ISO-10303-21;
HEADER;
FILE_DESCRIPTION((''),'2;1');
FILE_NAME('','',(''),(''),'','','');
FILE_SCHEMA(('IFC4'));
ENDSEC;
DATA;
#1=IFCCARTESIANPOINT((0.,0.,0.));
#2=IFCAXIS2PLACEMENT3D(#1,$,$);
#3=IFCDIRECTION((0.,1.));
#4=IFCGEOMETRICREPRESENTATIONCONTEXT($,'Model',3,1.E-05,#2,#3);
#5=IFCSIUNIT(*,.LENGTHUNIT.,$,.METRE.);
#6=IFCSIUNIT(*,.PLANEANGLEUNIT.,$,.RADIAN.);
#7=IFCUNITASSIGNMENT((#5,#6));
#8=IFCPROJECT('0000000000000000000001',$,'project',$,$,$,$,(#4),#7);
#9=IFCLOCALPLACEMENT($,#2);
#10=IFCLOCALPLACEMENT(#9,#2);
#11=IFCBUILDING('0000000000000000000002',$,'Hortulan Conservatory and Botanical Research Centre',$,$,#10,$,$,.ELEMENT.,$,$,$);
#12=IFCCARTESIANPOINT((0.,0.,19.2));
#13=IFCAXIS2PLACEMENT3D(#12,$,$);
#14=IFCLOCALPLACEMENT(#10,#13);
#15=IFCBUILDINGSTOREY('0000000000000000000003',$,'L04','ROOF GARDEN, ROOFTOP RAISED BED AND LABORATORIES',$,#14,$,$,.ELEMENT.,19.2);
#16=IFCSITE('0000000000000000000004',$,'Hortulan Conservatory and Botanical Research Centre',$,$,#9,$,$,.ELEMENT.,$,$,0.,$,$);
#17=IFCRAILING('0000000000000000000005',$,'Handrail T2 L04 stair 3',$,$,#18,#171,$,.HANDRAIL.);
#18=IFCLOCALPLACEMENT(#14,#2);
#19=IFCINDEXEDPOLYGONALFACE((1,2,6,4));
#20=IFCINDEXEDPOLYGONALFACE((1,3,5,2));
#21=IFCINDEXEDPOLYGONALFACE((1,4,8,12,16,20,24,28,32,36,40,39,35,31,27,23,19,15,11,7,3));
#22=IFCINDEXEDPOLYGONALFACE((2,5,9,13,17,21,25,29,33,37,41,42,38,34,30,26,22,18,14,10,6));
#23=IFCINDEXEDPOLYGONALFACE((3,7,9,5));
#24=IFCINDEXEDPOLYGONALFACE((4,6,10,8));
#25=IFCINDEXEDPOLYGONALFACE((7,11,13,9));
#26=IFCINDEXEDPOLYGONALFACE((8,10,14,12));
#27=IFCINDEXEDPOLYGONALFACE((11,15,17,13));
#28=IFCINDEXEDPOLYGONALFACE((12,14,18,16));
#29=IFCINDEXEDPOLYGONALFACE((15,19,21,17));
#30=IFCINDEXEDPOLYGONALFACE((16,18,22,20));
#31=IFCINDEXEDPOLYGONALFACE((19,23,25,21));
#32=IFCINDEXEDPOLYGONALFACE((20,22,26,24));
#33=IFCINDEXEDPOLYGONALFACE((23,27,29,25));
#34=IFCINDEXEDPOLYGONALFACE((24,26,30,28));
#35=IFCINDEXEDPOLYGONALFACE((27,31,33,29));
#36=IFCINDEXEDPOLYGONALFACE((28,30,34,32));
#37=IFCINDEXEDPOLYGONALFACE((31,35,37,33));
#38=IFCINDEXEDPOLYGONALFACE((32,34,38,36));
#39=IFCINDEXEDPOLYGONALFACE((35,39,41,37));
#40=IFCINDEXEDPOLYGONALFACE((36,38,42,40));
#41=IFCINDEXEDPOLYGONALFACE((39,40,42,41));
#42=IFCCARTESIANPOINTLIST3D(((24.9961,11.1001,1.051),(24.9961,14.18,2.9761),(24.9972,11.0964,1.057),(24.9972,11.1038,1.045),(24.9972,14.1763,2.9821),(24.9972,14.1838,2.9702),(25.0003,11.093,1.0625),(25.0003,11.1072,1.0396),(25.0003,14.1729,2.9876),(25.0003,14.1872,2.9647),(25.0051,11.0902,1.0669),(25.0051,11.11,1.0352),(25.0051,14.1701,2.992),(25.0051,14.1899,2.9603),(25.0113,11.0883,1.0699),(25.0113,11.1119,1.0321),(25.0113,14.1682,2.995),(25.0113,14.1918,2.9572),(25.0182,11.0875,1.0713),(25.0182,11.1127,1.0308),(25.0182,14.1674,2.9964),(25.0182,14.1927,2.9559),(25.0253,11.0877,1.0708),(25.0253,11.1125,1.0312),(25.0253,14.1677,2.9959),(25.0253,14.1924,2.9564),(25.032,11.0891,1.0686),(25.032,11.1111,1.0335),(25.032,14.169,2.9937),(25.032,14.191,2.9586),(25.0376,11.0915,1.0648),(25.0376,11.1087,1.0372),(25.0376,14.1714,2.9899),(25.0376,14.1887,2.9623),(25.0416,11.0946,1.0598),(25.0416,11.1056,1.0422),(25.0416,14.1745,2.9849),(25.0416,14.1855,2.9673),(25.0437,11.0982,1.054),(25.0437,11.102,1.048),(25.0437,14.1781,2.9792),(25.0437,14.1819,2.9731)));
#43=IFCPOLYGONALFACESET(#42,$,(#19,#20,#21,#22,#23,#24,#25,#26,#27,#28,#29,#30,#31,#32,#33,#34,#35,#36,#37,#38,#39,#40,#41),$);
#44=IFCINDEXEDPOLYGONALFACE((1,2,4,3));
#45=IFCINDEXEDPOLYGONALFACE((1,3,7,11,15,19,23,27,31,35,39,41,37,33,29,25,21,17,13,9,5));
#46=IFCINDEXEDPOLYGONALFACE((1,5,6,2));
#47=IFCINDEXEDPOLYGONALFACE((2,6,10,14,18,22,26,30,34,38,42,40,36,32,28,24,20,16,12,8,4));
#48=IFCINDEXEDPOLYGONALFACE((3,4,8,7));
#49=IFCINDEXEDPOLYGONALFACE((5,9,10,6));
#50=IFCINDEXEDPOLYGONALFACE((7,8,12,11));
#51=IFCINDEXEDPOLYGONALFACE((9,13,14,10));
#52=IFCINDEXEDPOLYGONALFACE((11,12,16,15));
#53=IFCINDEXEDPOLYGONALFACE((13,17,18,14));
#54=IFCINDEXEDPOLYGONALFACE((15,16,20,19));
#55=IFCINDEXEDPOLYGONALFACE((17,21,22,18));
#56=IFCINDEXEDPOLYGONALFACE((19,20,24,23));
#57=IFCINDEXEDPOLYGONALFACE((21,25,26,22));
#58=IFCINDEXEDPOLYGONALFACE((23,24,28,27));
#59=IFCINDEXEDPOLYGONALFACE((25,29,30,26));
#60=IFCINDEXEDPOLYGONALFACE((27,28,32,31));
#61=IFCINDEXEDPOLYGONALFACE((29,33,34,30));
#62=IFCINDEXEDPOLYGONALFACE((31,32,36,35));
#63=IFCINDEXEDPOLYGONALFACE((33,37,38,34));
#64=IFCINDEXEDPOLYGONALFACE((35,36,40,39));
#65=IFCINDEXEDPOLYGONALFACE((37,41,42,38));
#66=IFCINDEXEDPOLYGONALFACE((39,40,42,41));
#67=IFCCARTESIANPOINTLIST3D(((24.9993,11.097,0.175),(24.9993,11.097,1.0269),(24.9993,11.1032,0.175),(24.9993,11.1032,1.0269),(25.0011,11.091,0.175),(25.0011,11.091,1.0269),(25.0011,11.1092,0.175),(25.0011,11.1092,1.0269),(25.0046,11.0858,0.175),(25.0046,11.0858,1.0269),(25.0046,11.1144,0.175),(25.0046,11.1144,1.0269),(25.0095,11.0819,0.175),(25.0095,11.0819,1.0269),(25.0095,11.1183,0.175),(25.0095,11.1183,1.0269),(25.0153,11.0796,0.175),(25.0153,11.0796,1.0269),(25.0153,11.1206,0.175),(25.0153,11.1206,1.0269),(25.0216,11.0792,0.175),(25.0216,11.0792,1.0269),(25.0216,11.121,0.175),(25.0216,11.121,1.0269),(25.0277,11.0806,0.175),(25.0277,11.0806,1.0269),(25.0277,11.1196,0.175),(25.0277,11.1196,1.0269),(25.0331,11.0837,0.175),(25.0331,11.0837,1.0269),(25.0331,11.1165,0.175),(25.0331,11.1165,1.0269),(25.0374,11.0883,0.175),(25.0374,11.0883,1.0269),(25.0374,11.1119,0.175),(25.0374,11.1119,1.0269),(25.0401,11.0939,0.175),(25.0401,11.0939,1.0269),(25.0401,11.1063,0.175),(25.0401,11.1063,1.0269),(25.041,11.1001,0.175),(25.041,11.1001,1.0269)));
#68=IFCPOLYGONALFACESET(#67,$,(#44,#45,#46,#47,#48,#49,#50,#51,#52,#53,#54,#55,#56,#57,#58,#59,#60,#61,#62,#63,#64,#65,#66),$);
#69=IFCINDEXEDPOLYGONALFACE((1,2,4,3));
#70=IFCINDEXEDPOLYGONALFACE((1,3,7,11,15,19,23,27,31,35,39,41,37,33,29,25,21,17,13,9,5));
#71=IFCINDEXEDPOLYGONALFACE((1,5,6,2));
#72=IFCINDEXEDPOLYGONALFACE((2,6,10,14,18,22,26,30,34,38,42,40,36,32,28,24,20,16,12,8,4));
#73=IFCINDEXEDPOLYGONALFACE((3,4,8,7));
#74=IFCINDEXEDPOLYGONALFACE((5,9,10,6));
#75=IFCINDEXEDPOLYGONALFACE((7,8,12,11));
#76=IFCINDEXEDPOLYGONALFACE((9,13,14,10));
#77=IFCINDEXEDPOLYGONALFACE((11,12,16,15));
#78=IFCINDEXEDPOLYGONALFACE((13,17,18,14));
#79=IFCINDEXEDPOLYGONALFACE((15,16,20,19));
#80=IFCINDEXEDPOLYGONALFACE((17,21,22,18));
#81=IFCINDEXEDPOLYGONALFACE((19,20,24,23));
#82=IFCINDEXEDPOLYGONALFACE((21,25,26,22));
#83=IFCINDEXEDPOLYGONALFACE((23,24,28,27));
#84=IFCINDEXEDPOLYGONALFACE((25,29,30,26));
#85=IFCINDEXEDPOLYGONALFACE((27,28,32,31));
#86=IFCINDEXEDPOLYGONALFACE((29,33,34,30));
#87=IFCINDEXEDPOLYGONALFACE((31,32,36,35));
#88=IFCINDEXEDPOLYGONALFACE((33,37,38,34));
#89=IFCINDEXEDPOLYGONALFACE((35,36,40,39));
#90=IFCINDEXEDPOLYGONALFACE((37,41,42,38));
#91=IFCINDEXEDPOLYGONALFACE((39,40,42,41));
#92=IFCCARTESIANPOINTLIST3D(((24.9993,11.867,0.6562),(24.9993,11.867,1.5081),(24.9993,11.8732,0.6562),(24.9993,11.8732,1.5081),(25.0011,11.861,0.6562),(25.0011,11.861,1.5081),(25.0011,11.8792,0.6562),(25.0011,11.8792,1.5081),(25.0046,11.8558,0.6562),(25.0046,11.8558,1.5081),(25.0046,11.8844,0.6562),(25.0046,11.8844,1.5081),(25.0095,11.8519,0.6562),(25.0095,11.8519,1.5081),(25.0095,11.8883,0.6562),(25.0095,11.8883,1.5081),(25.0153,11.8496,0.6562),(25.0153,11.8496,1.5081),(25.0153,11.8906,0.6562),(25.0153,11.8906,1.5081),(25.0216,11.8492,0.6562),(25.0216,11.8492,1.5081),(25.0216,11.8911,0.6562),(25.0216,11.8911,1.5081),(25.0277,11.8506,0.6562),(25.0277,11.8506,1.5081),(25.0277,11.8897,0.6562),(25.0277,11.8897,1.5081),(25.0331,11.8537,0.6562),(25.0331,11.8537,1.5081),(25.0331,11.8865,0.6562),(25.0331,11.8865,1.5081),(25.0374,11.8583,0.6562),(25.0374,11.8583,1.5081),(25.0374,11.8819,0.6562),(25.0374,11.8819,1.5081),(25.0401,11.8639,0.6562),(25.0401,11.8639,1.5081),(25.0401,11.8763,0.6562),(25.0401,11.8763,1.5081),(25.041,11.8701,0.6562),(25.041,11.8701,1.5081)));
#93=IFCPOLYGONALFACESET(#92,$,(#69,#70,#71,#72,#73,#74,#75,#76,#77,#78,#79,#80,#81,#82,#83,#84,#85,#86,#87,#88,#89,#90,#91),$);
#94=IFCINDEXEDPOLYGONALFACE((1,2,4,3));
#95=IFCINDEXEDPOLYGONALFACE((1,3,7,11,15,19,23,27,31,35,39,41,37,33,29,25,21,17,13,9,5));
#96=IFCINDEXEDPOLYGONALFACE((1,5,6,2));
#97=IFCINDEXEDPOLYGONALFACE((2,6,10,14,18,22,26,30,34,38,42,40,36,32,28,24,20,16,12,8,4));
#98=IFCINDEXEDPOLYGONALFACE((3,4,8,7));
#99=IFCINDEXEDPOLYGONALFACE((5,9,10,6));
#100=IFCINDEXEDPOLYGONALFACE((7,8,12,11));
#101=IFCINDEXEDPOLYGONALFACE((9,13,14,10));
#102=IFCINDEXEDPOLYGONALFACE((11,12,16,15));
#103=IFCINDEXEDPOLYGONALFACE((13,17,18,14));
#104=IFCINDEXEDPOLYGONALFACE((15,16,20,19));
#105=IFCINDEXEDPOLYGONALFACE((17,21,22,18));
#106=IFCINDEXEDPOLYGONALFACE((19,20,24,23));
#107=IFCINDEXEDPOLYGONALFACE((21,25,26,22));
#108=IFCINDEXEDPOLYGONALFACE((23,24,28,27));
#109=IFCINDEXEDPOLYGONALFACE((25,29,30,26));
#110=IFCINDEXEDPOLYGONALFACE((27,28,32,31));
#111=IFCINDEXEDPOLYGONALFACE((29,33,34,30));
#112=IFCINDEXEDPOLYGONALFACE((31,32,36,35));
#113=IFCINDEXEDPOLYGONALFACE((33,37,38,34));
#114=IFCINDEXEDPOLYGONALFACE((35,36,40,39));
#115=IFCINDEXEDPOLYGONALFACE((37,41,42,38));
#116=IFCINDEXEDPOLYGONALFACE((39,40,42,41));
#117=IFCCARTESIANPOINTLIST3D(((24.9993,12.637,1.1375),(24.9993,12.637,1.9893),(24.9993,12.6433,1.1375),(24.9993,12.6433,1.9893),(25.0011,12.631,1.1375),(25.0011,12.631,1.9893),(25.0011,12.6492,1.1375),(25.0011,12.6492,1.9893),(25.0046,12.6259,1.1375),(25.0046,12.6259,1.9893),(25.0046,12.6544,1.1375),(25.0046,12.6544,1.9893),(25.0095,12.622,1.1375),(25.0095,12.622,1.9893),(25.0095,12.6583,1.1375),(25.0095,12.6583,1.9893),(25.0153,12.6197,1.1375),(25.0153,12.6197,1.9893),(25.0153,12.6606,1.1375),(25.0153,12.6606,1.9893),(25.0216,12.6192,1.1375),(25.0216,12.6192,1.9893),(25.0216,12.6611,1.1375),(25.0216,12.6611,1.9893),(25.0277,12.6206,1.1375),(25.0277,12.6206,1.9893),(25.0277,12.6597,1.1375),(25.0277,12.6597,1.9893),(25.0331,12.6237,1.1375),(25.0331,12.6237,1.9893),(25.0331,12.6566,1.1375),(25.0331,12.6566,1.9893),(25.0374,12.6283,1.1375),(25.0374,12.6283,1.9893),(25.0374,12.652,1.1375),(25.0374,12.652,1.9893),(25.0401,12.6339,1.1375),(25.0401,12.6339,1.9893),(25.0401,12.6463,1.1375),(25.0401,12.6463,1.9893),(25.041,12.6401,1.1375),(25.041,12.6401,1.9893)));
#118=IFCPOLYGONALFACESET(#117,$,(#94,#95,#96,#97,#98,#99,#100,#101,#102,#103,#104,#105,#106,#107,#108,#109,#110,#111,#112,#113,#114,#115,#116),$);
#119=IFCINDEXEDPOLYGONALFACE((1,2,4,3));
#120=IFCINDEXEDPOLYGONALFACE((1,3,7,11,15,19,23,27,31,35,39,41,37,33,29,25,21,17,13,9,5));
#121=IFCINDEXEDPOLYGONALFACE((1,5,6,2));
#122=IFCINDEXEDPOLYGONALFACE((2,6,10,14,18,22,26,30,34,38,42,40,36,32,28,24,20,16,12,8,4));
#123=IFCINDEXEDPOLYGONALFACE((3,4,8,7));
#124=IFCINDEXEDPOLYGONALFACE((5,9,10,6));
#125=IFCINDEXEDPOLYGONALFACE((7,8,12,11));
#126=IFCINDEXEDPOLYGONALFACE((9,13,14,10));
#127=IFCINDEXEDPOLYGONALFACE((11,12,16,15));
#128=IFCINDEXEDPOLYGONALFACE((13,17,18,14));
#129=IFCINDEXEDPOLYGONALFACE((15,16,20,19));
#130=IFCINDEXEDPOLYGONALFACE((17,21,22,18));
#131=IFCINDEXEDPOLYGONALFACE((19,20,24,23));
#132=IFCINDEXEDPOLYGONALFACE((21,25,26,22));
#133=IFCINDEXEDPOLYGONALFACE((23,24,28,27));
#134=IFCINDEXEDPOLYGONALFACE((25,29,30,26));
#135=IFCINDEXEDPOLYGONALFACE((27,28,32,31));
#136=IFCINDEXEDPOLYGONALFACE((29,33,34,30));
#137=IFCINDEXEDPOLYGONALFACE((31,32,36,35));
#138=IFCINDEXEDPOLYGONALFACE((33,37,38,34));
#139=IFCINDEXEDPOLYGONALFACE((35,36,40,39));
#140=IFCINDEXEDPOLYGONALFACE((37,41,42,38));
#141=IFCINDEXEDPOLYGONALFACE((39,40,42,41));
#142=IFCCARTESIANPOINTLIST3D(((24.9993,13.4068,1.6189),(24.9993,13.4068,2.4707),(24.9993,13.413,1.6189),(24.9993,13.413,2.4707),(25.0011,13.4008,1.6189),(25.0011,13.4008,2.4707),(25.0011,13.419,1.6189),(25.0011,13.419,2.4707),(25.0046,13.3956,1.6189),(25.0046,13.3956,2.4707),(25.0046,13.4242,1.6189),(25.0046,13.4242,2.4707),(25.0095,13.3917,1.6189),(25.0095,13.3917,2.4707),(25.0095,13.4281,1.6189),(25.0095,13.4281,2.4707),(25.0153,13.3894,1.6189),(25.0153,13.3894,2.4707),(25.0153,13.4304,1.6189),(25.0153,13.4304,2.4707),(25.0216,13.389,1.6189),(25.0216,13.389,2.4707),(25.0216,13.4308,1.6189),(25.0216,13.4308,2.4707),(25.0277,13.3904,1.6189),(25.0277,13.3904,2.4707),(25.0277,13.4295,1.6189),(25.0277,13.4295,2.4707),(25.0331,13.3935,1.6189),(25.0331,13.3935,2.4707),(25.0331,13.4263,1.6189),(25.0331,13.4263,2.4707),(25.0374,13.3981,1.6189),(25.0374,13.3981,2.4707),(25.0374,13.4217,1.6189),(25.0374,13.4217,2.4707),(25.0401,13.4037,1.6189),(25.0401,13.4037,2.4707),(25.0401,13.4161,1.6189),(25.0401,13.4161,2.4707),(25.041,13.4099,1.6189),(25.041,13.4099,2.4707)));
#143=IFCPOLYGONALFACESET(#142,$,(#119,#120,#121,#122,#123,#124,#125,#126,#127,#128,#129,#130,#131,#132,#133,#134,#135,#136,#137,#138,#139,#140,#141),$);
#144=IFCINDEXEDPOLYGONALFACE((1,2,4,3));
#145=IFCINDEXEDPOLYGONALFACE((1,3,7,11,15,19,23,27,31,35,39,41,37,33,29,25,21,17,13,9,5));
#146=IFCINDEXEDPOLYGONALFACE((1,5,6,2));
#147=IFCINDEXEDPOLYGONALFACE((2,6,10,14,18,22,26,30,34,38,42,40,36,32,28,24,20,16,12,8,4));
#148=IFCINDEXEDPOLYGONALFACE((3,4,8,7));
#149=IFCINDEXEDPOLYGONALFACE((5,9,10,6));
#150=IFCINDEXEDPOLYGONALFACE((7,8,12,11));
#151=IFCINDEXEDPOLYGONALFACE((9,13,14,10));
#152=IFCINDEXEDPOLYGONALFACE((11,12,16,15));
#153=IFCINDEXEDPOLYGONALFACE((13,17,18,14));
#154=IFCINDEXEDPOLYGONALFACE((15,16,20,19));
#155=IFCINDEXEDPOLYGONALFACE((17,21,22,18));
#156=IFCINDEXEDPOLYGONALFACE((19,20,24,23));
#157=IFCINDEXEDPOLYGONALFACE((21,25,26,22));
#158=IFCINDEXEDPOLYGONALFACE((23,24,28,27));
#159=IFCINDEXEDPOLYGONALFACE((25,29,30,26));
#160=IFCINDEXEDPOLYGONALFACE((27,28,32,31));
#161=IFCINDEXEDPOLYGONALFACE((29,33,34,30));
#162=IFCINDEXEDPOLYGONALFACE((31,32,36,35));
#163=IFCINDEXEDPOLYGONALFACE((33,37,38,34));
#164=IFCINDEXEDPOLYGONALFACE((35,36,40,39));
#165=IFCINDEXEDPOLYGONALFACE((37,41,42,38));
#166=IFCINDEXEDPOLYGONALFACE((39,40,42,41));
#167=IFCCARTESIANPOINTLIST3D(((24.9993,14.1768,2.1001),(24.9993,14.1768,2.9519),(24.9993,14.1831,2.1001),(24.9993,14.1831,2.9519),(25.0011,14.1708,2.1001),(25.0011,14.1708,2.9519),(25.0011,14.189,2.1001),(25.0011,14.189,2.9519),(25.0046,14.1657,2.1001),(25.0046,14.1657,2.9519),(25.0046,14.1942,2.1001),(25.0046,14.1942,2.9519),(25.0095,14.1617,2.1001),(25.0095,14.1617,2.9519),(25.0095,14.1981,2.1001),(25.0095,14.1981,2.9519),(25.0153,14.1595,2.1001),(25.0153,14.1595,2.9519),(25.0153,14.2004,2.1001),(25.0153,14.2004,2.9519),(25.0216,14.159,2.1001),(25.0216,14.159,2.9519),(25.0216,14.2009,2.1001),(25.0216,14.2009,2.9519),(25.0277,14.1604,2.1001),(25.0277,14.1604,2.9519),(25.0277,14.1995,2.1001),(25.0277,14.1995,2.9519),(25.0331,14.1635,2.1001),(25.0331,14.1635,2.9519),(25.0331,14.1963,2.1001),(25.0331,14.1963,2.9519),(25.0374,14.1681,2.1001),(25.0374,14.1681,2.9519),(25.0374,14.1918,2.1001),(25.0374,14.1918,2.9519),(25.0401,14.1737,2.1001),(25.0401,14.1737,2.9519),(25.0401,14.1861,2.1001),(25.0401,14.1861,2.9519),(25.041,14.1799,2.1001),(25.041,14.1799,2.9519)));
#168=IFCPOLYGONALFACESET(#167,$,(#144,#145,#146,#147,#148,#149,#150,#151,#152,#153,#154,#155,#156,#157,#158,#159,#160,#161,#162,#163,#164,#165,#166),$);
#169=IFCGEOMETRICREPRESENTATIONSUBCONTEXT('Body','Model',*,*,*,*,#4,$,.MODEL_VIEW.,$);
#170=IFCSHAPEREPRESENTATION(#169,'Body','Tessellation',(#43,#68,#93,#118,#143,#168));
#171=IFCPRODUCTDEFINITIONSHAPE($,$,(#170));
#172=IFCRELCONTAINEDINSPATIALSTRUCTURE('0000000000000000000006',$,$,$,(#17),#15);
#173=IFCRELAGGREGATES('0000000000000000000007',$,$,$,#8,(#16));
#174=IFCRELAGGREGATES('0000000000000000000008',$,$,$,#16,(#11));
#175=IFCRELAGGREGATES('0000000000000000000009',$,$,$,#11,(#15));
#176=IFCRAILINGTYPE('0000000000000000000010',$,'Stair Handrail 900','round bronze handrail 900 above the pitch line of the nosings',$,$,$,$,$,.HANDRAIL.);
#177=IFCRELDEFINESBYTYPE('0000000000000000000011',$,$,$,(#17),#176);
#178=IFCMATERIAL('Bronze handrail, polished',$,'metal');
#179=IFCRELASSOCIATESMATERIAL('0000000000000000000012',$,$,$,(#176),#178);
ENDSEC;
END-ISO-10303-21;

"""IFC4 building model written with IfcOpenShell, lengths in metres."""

from ifc_helpers import new_model, si_unit, direction, frame, origin, origin_2d, place, context, subcontext, project, spatial, circle, extrude, material, type_object, element, save


model = new_model("IFC4")

# Units and contexts
model_context = context("Model", 3, precision=1e-05, world=origin(), true_north=direction((0.0, 1.0)))
body_context = subcontext(model_context, "Body", "Model", "MODEL_VIEW")
ifc_project = project(units=[si_unit("LENGTHUNIT", "METRE"), si_unit("PLANEANGLEUNIT", "RADIAN")], contexts=[model_context])

# Site, building, storey
site_placement = place(None, origin())
site = spatial("IfcSite", under=ifc_project, at=site_placement, Name="Hortulan Conservatory and Botanical Research Centre", CompositionType="ELEMENT", RefElevation=0.0)
building_placement = place(site_placement, origin())
building = spatial("IfcBuilding", under=site, at=building_placement, Name="Hortulan Conservatory and Botanical Research Centre", CompositionType="ELEMENT")
storey_placement = place(building_placement, frame((0.0, 0.0, 19.2)))
storey = spatial("IfcBuildingStorey", under=building, at=storey_placement, Name="L04", Description="ROOF GARDEN, ROOFTOP RAISED BED AND LABORATORIES", CompositionType="ELEMENT", Elevation=19.2)

# Railing
ifc_material_1 = material(Name="Bronze handrail, polished", Category="metal")
railing_type_1 = type_object("IfcRailingType", Name="Stair Handrail 900", Description="round bronze handrail 900 above the pitch line of the nosings", PredefinedType="HANDRAIL", material=ifc_material_1)
railing_1_placement = place(storey_placement, frame((25.02, 11.1001, 0.175)))
element("IfcRailing", 1, at=railing_1_placement, inside=storey, type_object=railing_type_1, Name="Handrail T2 L04 stair 3", PredefinedType="HANDRAIL", context=body_context, shape_type="SweptSolid", body=[
    extrude(circle(Radius=0.0239, at=origin_2d()), frame((0.0, 0.0, 0.876), z_axis=(0.0, 0.847979, 0.530029), x_axis=(-1.0, 0.0, 0.0)), (0.0, 0.0, 1.0), 3.6321),
    extrude(circle(Radius=0.021, at=origin_2d()), origin(), (0.0, 0.0, 1.0), 0.8518),
    extrude(circle(Radius=0.021, at=origin_2d()), frame((0.0, 0.77, 0.4812)), (0.0, 0.0, 1.0), 0.8518),
    extrude(circle(Radius=0.021, at=origin_2d()), frame((0.0, 1.54, 0.9624)), (0.0, 0.0, 1.0), 0.8518),
    extrude(circle(Radius=0.021, at=origin_2d()), frame((0.0, 2.3098, 1.4438)), (0.0, 0.0, 1.0), 0.8518),
    extrude(circle(Radius=0.021, at=origin_2d()), frame((0.0, 3.0798, 1.925)), (0.0, 0.0, 1.0), 0.8518),
])

save(model, "model.ifc")
